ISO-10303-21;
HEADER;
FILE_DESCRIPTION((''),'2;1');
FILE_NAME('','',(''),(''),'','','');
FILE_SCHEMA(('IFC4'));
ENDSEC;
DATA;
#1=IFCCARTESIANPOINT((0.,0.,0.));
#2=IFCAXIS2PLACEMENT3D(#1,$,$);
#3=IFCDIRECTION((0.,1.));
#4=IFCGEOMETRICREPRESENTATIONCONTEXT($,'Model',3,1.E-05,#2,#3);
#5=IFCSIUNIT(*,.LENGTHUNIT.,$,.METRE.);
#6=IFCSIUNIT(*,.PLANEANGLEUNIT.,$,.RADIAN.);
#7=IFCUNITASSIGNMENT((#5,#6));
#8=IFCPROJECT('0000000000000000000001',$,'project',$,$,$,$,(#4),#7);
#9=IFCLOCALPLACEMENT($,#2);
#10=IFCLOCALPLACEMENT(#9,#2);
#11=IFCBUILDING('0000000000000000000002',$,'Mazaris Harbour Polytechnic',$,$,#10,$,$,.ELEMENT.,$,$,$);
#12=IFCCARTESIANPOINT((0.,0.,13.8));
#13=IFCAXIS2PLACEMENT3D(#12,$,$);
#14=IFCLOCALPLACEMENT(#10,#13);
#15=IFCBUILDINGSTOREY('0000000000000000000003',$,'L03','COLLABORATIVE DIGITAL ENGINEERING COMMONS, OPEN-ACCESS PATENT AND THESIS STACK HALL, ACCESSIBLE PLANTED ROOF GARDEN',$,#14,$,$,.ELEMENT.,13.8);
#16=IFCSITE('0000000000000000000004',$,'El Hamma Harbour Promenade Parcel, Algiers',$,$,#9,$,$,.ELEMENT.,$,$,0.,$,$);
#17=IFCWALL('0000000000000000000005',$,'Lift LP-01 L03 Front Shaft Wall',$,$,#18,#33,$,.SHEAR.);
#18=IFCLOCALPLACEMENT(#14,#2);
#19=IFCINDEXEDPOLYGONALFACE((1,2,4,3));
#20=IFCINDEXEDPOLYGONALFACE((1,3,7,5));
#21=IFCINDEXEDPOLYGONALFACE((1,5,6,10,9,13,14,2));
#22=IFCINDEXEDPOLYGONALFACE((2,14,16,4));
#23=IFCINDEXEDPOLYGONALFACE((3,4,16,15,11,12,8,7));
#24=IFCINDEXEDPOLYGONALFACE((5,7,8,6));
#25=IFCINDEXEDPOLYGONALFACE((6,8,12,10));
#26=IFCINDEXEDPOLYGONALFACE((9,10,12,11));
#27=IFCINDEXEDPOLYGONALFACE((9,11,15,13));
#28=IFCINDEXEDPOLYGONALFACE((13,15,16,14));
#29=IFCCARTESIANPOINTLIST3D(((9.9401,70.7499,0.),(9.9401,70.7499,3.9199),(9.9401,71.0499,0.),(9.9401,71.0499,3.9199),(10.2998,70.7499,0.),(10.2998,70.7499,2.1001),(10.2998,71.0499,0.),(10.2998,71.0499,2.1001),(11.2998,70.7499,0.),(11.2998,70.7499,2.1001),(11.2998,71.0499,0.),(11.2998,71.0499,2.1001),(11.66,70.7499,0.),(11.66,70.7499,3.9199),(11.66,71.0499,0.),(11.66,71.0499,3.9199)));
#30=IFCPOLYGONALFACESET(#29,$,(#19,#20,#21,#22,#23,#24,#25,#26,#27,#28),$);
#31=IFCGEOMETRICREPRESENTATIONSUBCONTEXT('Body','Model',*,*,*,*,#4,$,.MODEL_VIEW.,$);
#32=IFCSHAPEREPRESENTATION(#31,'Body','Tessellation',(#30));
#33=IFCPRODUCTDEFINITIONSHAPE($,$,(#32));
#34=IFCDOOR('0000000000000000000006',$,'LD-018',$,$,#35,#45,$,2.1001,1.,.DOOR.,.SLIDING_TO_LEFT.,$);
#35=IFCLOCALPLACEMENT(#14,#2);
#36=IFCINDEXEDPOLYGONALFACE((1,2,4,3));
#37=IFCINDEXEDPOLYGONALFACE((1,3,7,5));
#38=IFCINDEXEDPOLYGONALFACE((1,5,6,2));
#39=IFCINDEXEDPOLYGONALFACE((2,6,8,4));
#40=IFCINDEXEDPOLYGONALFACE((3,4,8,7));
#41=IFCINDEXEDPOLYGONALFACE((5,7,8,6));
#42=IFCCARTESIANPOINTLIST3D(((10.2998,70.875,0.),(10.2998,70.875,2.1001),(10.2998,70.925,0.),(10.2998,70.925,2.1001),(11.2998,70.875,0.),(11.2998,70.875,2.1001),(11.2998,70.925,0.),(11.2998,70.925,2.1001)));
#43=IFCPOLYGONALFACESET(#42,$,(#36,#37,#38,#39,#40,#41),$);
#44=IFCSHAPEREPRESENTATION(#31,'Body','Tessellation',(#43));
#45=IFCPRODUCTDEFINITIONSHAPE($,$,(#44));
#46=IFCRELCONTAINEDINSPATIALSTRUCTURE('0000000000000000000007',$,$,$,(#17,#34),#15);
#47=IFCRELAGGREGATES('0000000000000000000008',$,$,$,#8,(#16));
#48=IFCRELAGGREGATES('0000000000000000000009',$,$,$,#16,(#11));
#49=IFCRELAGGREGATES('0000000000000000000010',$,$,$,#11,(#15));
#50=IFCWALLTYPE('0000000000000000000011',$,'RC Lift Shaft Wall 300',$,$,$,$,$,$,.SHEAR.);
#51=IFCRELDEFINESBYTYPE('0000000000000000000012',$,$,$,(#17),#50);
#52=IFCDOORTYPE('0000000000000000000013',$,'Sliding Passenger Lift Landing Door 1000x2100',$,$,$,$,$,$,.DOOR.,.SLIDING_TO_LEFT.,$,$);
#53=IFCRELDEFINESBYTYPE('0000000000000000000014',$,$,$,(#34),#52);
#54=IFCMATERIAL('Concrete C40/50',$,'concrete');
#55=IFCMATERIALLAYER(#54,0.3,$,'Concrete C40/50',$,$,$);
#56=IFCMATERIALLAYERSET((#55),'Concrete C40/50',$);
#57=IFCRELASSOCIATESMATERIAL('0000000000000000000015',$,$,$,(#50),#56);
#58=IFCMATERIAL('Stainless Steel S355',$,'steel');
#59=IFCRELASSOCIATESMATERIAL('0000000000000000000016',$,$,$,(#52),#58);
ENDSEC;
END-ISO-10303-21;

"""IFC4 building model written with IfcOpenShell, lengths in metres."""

from ifc_helpers import new_model, si_unit, direction, frame, frame_2d, origin, place, context, subcontext, project, spatial, rectangle, extrude, material, layer, layer_set, type_object, element, fill, save


model = new_model("IFC4")

# Units and contexts
model_context = context("Model", 3, precision=1e-05, world=origin(), true_north=direction((0.0, 1.0)))
body_context = subcontext(model_context, "Body", "Model", "MODEL_VIEW")
ifc_project = project(units=[si_unit("LENGTHUNIT", "METRE"), si_unit("PLANEANGLEUNIT", "RADIAN")], contexts=[model_context])

# Site, building, storey
site_placement = place(None, origin())
site = spatial("IfcSite", under=ifc_project, at=site_placement, Name="El Hamma Harbour Promenade Parcel, Algiers", CompositionType="ELEMENT", RefElevation=0.0)
building_placement = place(site_placement, origin())
building = spatial("IfcBuilding", under=site, at=building_placement, Name="Mazaris Harbour Polytechnic", CompositionType="ELEMENT")
storey_placement = place(building_placement, frame((0.0, 0.0, 13.8)))
storey = spatial("IfcBuildingStorey", under=building, at=storey_placement, Name="L03", Description="COLLABORATIVE DIGITAL ENGINEERING COMMONS, OPEN-ACCESS PATENT AND THESIS STACK HALL, ACCESSIBLE PLANTED ROOF GARDEN", CompositionType="ELEMENT", Elevation=13.8)

# Shared definitions
ifc_material_1 = material(Name="Concrete C40/50", Category="concrete")
ifc_layer_1 = layer(ifc_material_1, 0.3, Name="Concrete C40/50")
ifc_layer_set_1 = layer_set([ifc_layer_1], Name="Concrete C40/50")
wall_type_1 = type_object("IfcWallType", Name="RC Lift Shaft Wall 300", PredefinedType="SHEAR", material=ifc_layer_set_1)

# Wall, opening, door
wall_1_placement = place(storey_placement, frame((11.6599, 70.8999, 0.0), z_axis=(0.0, 0.0, 1.0), x_axis=(-1.0, 0.0, 0.0)))
wall_1 = element("IfcWall", 1, at=wall_1_placement, inside=storey, type_object=wall_type_1, Name="Lift LP-01 L03 Front Shaft Wall", PredefinedType="SHEAR", context=body_context, shape_type="SweptSolid", body=[
    extrude(rectangle(XDim=1.72, YDim=0.3, at=frame_2d((0.8599, 0.0))), origin(), (0.0, 0.0, 1.0), 3.9199),
])
opening_1_placement = place(wall_1_placement, frame((0.3601, 0.0, 0.0)))
opening_1 = element("IfcOpeningElement", 2, at=opening_1_placement, cuts=wall_1, PredefinedType="OPENING", context=body_context, shape_type="SweptSolid", body=[
    extrude(rectangle(XDim=1.0, YDim=2.1001, at=frame_2d((0.5, 1.05))), frame((0.0, 0.1599, 0.0), z_axis=(0.0, -1.0, 0.0), x_axis=(1.0, 0.0, 0.0)), (0.0, 0.0, 1.0), 0.3201),
])
ifc_material_2 = material(Name="Stainless Steel S355", Category="steel")
door_type_1 = type_object("IfcDoorType", Name="Sliding Passenger Lift Landing Door 1000x2100", OperationType="SLIDING_TO_LEFT", PredefinedType="DOOR", material=ifc_material_2)
door_1_placement = place(opening_1_placement, origin())
door_1 = element("IfcDoor", 3, at=door_1_placement, inside=storey, type_object=door_type_1, Name="LD-018", OperationType="SLIDING_TO_LEFT", OverallHeight=2.1001, OverallWidth=1.0, PredefinedType="DOOR", context=body_context, shape_type="SweptSolid", body=[
    extrude(rectangle(XDim=1.0, YDim=2.1001, at=frame_2d((0.5, 1.05))), frame((0.0, 0.0249, 0.0), z_axis=(0.0, -1.0, 0.0), x_axis=(1.0, 0.0, 0.0)), (0.0, 0.0, 1.0), 0.05),
])
fill(opening_1, door_1)

save(model, "model.ifc")
